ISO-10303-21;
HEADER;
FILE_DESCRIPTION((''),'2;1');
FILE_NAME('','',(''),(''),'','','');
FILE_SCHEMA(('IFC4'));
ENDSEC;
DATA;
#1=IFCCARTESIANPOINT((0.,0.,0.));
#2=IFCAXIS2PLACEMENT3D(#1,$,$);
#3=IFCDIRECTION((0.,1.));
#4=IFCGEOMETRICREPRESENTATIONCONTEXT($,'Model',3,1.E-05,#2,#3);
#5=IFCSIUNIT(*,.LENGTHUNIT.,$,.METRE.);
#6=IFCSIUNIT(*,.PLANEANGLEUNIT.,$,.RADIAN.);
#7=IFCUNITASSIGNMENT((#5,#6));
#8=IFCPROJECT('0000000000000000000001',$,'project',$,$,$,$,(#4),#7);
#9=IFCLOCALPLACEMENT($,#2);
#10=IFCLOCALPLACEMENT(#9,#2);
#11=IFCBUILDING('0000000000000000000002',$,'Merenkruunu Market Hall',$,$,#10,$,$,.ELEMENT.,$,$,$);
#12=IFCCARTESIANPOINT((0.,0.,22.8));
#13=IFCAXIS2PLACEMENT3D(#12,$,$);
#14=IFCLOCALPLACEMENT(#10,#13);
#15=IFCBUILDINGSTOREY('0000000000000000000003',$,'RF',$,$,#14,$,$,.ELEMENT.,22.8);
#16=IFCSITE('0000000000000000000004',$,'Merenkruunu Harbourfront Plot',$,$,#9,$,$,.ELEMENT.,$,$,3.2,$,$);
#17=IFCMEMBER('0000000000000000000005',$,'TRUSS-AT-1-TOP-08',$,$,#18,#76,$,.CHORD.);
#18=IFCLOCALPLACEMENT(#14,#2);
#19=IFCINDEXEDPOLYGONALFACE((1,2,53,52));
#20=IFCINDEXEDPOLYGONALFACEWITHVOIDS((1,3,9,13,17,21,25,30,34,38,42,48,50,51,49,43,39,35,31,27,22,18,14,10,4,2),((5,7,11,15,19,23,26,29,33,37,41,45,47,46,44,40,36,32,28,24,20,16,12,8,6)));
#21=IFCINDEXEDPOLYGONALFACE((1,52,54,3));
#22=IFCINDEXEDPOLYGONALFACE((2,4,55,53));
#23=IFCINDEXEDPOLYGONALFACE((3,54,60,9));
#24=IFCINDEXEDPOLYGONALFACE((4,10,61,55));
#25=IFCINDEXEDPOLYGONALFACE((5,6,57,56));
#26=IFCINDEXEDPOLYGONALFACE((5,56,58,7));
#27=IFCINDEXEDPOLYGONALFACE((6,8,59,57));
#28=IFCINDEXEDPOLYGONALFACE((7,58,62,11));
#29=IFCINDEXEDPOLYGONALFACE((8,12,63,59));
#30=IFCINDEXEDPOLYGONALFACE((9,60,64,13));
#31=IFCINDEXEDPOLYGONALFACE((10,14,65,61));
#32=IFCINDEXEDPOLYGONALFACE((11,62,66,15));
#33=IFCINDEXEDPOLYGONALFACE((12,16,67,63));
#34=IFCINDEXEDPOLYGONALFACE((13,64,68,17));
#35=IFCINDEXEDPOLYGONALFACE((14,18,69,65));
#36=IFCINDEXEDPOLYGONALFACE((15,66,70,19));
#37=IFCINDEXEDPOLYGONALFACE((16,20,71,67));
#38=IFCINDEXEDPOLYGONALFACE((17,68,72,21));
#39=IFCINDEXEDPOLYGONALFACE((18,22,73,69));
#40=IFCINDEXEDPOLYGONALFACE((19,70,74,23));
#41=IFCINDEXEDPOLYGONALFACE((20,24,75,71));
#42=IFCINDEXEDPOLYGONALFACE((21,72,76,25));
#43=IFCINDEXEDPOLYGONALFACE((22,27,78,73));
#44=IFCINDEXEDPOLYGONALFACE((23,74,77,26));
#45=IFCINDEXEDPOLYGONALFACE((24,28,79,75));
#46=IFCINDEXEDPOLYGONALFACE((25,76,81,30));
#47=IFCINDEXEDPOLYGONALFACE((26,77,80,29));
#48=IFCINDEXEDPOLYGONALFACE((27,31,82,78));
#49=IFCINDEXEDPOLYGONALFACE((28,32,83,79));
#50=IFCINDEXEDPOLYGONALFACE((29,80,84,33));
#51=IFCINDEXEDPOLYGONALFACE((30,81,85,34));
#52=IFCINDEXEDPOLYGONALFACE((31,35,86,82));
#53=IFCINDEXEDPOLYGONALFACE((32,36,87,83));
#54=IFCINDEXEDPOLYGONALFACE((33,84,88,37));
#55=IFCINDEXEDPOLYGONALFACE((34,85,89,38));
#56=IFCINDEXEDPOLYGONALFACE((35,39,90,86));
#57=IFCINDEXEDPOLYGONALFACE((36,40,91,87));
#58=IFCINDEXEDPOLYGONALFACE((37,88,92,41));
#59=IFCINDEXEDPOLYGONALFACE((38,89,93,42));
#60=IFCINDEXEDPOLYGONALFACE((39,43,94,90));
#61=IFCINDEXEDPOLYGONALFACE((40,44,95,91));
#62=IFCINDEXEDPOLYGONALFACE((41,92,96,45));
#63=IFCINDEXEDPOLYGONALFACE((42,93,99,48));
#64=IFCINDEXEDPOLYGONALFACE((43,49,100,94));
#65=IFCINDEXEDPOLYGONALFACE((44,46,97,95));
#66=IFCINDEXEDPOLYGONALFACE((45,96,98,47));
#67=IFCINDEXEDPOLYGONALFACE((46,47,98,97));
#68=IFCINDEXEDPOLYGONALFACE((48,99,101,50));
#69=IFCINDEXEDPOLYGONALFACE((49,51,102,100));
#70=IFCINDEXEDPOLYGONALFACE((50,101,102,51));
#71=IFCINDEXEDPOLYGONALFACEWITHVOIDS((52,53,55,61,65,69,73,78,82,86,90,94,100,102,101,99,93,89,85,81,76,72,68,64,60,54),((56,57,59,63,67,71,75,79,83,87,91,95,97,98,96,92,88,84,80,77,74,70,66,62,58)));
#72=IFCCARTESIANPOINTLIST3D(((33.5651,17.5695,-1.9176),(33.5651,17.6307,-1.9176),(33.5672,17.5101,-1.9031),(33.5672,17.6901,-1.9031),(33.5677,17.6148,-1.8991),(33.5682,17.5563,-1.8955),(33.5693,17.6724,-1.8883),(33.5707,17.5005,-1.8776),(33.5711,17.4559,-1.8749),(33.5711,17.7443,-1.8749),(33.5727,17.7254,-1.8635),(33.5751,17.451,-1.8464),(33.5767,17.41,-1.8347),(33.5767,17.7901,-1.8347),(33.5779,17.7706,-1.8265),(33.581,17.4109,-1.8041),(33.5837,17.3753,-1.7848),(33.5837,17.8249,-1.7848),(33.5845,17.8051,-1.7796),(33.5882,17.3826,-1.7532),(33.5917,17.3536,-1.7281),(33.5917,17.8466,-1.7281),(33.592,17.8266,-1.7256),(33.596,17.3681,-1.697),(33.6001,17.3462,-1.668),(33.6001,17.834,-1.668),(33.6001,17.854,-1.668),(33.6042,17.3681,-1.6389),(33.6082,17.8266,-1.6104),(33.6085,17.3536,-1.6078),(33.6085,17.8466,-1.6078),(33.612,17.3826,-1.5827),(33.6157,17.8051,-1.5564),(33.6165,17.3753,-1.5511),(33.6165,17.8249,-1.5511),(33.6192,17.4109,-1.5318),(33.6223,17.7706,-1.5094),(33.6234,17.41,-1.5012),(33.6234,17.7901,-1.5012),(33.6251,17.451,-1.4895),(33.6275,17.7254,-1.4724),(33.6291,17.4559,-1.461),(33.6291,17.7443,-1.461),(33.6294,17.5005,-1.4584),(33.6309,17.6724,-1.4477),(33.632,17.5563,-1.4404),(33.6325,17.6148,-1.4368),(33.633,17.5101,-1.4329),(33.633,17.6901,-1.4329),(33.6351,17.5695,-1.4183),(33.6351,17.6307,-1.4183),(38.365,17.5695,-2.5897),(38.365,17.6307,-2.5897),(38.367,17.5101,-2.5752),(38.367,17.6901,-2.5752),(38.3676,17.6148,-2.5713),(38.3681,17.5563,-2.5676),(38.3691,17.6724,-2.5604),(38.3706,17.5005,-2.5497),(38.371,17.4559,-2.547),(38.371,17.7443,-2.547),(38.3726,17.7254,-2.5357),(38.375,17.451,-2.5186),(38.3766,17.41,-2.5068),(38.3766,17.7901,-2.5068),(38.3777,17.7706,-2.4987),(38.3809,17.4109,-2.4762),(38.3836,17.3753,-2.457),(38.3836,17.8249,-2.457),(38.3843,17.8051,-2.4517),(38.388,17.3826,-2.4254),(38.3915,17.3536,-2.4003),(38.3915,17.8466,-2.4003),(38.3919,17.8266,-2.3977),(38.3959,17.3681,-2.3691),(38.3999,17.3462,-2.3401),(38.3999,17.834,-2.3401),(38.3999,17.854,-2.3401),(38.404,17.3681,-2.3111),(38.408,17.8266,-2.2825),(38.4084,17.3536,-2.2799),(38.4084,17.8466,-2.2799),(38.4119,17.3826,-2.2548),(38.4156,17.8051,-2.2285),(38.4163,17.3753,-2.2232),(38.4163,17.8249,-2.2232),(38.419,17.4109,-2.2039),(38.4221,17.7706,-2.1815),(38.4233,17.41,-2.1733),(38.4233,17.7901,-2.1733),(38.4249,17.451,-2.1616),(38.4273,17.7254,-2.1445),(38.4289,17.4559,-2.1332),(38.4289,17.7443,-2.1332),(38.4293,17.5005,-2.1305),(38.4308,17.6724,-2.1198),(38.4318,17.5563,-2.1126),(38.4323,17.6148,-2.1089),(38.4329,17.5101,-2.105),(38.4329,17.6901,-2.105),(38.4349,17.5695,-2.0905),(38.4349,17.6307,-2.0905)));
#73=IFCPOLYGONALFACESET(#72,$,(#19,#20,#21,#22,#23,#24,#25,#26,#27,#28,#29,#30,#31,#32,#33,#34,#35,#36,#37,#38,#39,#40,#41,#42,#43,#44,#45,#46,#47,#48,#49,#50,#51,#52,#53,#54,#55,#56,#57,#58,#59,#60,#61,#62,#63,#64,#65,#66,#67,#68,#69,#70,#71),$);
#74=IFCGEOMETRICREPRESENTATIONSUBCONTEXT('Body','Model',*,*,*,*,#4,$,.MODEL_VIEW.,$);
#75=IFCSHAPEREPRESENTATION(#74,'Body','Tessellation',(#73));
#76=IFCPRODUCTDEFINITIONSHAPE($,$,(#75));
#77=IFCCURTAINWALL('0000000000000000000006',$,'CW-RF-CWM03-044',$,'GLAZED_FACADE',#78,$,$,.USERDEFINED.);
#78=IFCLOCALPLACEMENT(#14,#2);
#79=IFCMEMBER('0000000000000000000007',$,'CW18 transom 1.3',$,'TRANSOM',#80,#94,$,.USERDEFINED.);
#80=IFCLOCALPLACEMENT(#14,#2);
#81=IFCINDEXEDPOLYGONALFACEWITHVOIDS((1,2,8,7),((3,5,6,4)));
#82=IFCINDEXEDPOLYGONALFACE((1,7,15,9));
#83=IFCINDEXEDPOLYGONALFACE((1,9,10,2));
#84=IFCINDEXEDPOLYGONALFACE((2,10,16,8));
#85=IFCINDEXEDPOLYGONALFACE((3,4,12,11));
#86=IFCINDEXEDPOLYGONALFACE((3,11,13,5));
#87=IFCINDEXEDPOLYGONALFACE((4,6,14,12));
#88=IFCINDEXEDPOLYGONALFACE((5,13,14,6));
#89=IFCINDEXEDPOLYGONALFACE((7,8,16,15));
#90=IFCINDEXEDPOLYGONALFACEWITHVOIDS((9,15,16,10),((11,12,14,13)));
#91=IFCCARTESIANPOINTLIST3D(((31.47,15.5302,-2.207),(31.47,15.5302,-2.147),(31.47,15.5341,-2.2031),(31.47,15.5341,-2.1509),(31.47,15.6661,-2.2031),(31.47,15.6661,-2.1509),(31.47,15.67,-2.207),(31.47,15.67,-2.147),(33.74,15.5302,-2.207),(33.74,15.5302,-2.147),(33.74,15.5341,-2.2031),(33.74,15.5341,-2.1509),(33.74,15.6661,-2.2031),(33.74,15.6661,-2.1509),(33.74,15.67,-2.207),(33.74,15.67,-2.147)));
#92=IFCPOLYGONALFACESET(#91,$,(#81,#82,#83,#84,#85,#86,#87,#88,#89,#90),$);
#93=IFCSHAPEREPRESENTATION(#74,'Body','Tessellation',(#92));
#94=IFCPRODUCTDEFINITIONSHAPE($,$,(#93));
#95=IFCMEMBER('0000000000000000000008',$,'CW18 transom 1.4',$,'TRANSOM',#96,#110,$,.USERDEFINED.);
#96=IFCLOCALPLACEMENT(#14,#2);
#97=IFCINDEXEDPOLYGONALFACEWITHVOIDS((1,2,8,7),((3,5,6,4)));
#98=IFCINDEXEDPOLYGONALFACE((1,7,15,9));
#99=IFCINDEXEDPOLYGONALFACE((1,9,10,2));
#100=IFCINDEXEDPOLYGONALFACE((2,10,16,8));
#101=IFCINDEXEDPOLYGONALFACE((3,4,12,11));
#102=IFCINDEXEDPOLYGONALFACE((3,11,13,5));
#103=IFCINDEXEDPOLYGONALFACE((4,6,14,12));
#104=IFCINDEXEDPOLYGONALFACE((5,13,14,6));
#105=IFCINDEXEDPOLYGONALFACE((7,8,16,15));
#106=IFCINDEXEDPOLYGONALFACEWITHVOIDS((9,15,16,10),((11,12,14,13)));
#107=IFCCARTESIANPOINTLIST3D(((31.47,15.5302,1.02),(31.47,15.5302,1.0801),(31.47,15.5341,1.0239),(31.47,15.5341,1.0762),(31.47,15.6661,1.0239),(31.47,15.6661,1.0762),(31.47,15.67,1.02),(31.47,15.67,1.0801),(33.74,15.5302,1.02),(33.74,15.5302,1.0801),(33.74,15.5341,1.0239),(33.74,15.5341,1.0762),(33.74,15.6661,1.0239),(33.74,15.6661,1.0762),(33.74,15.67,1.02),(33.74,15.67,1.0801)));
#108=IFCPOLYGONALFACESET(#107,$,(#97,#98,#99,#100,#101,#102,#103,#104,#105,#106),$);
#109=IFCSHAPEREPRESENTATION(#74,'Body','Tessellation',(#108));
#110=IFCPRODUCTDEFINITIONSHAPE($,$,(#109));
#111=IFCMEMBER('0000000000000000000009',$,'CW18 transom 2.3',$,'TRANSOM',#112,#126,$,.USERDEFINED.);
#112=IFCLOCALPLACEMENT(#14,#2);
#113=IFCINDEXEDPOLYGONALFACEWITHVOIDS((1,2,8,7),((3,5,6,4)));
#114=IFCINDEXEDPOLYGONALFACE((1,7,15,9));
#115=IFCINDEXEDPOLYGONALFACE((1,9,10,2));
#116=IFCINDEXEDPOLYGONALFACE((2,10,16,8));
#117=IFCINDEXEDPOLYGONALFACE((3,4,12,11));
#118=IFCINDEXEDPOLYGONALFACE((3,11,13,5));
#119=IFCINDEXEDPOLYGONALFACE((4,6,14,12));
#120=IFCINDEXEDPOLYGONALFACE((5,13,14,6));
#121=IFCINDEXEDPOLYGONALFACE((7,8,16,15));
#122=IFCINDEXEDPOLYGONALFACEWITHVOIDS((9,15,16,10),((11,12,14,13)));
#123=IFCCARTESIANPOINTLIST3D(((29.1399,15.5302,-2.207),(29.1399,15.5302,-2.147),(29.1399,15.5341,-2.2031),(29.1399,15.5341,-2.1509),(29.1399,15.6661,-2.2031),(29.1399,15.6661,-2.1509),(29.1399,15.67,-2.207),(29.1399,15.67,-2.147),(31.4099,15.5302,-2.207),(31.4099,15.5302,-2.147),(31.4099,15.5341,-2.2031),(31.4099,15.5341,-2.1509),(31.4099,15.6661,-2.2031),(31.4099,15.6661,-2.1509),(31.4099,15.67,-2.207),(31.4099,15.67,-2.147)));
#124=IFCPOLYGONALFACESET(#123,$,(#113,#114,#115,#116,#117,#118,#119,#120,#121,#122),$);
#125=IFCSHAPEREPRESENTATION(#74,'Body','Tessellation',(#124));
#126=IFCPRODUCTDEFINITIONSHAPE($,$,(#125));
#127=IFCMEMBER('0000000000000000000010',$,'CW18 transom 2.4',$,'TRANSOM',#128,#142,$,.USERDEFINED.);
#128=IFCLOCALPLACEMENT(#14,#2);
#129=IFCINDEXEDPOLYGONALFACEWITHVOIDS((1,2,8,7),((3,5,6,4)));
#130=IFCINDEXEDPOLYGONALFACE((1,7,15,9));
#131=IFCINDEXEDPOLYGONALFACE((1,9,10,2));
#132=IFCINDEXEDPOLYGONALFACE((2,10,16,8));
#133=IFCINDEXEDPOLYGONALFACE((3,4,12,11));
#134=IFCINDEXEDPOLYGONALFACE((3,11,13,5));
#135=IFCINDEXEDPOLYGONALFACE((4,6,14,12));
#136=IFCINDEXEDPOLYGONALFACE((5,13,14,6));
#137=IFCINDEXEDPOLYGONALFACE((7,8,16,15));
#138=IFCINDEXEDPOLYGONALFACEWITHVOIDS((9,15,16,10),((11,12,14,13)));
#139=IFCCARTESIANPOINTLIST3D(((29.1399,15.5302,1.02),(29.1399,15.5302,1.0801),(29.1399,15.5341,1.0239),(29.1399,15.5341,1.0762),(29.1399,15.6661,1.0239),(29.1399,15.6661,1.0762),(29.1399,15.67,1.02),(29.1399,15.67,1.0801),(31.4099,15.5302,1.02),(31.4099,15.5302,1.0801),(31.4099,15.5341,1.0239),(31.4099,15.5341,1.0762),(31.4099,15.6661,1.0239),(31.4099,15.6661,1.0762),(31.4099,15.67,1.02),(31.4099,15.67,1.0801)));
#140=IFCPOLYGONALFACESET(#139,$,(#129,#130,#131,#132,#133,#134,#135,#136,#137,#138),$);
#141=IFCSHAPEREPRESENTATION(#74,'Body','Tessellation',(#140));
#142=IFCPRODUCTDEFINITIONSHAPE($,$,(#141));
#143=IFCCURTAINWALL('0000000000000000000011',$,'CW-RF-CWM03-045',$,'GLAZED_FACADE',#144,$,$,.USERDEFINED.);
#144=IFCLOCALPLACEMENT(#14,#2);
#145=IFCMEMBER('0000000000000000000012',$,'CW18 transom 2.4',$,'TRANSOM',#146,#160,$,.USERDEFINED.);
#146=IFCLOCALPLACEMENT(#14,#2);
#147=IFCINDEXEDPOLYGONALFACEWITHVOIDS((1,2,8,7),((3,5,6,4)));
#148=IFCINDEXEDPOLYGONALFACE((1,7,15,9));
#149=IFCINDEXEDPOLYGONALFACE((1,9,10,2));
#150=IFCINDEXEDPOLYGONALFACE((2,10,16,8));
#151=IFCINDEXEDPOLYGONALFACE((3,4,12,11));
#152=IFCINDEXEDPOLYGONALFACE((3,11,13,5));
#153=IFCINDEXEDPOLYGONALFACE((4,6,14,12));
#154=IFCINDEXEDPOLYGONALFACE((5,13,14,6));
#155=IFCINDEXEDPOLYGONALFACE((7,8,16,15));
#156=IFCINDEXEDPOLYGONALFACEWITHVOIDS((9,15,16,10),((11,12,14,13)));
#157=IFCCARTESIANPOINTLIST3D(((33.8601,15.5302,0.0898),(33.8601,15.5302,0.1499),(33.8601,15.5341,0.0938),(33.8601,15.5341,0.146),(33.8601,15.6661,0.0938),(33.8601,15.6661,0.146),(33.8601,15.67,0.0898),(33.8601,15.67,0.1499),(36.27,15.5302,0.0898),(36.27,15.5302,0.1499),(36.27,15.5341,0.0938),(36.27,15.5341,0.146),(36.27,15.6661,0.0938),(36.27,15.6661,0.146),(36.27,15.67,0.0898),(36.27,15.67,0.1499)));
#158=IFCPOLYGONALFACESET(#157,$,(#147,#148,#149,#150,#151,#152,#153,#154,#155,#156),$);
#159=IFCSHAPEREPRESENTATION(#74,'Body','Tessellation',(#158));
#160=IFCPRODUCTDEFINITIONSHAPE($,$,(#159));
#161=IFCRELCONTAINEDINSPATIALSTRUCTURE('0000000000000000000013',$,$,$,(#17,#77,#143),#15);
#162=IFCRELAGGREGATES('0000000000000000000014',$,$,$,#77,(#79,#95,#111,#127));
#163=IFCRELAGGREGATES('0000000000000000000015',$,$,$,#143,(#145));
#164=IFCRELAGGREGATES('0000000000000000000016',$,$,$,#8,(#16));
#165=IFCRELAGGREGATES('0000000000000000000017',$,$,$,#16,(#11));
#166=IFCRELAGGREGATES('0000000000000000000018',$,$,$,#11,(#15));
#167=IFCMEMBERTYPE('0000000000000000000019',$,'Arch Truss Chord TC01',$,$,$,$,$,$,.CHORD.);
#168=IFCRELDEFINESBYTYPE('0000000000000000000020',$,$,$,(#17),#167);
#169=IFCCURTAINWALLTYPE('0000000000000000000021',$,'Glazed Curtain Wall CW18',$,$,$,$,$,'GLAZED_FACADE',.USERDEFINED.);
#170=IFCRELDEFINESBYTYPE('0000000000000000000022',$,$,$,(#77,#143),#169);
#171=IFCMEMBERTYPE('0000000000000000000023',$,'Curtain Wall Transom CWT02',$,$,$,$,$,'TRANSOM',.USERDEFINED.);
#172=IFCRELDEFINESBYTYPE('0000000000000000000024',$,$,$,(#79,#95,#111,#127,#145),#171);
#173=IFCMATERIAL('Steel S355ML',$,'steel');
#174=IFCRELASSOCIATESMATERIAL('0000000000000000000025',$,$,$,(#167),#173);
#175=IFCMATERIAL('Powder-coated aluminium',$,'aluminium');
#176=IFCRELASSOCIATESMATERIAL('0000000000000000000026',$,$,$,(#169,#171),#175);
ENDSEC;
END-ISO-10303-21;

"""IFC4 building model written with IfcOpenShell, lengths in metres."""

from ifc_helpers import new_model, si_unit, direction, frame, origin, origin_2d, place, context, subcontext, project, spatial, hollow_rectangle, hollow_circle, extrude, material, material_profile, profile_set, type_object, element, aggregate, save


model = new_model("IFC4")

# Units and contexts
model_context = context("Model", 3, precision=1e-05, world=origin(), true_north=direction((0.0, 1.0)))
body_context = subcontext(model_context, "Body", "Model", "MODEL_VIEW")
ifc_project = project(units=[si_unit("LENGTHUNIT", "METRE"), si_unit("PLANEANGLEUNIT", "RADIAN")], contexts=[model_context])

# Site, building, storey
site_placement = place(None, origin())
site = spatial("IfcSite", under=ifc_project, at=site_placement, Name="Merenkruunu Harbourfront Plot", CompositionType="ELEMENT", RefElevation=3.2)
building_placement = place(site_placement, origin())
building = spatial("IfcBuilding", under=site, at=building_placement, Name="Merenkruunu Market Hall", CompositionType="ELEMENT")
storey_placement = place(building_placement, frame((0.0, 0.0, 22.8)))
storey = spatial("IfcBuildingStorey", under=building, at=storey_placement, Name="RF", CompositionType="ELEMENT", Elevation=22.8)

# Member
ifc_material_1 = material(Name="Steel S355ML", Category="steel")
ifc_material_profile_1 = material_profile(ifc_material_1, hollow_circle(Radius=0.2539, WallThickness=0.02, at=origin_2d()), Name="CHS 508x20")
ifc_profile_set_1 = profile_set([ifc_material_profile_1], Name="Steel S355ML")
member_type_1 = type_object("IfcMemberType", Name="Arch Truss Chord TC01", PredefinedType="CHORD", material=ifc_profile_set_1)
member_1_placement = place(storey_placement, frame((33.6001, 17.6001, -1.668), z_axis=(0.990338, 0.0, -0.138677), x_axis=(0.0, 1.0, 0.0)))
element("IfcMember", 1, at=member_1_placement, inside=storey, type_object=member_type_1, Name="TRUSS-AT-1-TOP-08", PredefinedType="CHORD", context=body_context, shape_type="SweptSolid", body=[
    extrude(hollow_circle(Radius=0.2539, WallThickness=0.02, at=origin_2d()), origin(), (0.0, 0.0, 1.0), 4.8467),
])

# Curtain wall, members
ifc_material_2 = material(Name="Powder-coated aluminium", Category="aluminium")
curtain_wall_type = type_object("IfcCurtainWallType", Name="Glazed Curtain Wall CW18", ElementType="GLAZED_FACADE", PredefinedType="USERDEFINED", material=ifc_material_2)
curtain_wall_1_placement = place(storey_placement, origin())
curtain_wall_1 = element("IfcCurtainWall", 2, at=curtain_wall_1_placement, inside=storey, type_object=curtain_wall_type, Name="CW-RF-CWM03-044", ObjectType="GLAZED_FACADE", PredefinedType="USERDEFINED")
ifc_material_profile_2 = material_profile(ifc_material_2, hollow_rectangle(XDim=0.0601, YDim=0.1399, WallThickness=0.0039, at=origin_2d()), Name="ALU 60x140x4")
ifc_profile_set_2 = profile_set([ifc_material_profile_2], Name="Powder-coated aluminium")
member_type_2 = type_object("IfcMemberType", Name="Curtain Wall Transom CWT02", ElementType="TRANSOM", PredefinedType="USERDEFINED", material=ifc_profile_set_2)
member_2_placement = place(storey_placement, frame((33.74, 15.6001, -2.177), z_axis=(-1.0, 0.0, 0.0), x_axis=(0.0, 0.0, 1.0)))
member_2 = element("IfcMember", 3, at=member_2_placement, type_object=member_type_2, Name="CW18 transom 1.3", ObjectType="TRANSOM", PredefinedType="USERDEFINED", context=body_context, shape_type="SweptSolid", body=[
    extrude(hollow_rectangle(XDim=0.0601, YDim=0.1399, WallThickness=0.0039, at=origin_2d()), origin(), (0.0, 0.0, 1.0), 2.27),
])
member_3_placement = place(storey_placement, frame((33.74, 15.6001, 1.05), z_axis=(-1.0, 0.0, 0.0), x_axis=(0.0, 0.0, 1.0)))
member_3 = element("IfcMember", 4, at=member_3_placement, type_object=member_type_2, Name="CW18 transom 1.4", ObjectType="TRANSOM", PredefinedType="USERDEFINED", context=body_context, shape_type="SweptSolid", body=[
    extrude(hollow_rectangle(XDim=0.0601, YDim=0.1399, WallThickness=0.0039, at=origin_2d()), origin(), (0.0, 0.0, 1.0), 2.27),
])
member_4_placement = place(storey_placement, frame((31.4099, 15.6001, -2.177), z_axis=(-1.0, 0.0, 0.0), x_axis=(0.0, 0.0, 1.0)))
member_4 = element("IfcMember", 5, at=member_4_placement, type_object=member_type_2, Name="CW18 transom 2.3", ObjectType="TRANSOM", PredefinedType="USERDEFINED", context=body_context, shape_type="SweptSolid", body=[
    extrude(hollow_rectangle(XDim=0.0601, YDim=0.1399, WallThickness=0.0039, at=origin_2d()), origin(), (0.0, 0.0, 1.0), 2.27),
])
member_5_placement = place(storey_placement, frame((31.4099, 15.6001, 1.05), z_axis=(-1.0, 0.0, 0.0), x_axis=(0.0, 0.0, 1.0)))
member_5 = element("IfcMember", 6, at=member_5_placement, type_object=member_type_2, Name="CW18 transom 2.4", ObjectType="TRANSOM", PredefinedType="USERDEFINED", context=body_context, shape_type="SweptSolid", body=[
    extrude(hollow_rectangle(XDim=0.0601, YDim=0.1399, WallThickness=0.0039, at=origin_2d()), origin(), (0.0, 0.0, 1.0), 2.27),
])

# Curtain wall, member
curtain_wall_2_placement = place(storey_placement, origin())
curtain_wall_2 = element("IfcCurtainWall", 7, at=curtain_wall_2_placement, inside=storey, type_object=curtain_wall_type, Name="CW-RF-CWM03-045", ObjectType="GLAZED_FACADE", PredefinedType="USERDEFINED")
member_6_placement = place(storey_placement, frame((36.27, 15.6001, 0.1199), z_axis=(-1.0, 0.0, 0.0), x_axis=(0.0, 0.0, 1.0)))
member_6 = element("IfcMember", 8, at=member_6_placement, type_object=member_type_2, Name="CW18 transom 2.4", ObjectType="TRANSOM", PredefinedType="USERDEFINED", context=body_context, shape_type="SweptSolid", body=[
    extrude(hollow_rectangle(XDim=0.0601, YDim=0.1399, WallThickness=0.0039, at=origin_2d()), origin(), (0.0, 0.0, 1.0), 2.4099),
])

aggregate(curtain_wall_1, [member_2, member_3, member_4, member_5])
aggregate(curtain_wall_2, [member_6])

save(model, "model.ifc")
